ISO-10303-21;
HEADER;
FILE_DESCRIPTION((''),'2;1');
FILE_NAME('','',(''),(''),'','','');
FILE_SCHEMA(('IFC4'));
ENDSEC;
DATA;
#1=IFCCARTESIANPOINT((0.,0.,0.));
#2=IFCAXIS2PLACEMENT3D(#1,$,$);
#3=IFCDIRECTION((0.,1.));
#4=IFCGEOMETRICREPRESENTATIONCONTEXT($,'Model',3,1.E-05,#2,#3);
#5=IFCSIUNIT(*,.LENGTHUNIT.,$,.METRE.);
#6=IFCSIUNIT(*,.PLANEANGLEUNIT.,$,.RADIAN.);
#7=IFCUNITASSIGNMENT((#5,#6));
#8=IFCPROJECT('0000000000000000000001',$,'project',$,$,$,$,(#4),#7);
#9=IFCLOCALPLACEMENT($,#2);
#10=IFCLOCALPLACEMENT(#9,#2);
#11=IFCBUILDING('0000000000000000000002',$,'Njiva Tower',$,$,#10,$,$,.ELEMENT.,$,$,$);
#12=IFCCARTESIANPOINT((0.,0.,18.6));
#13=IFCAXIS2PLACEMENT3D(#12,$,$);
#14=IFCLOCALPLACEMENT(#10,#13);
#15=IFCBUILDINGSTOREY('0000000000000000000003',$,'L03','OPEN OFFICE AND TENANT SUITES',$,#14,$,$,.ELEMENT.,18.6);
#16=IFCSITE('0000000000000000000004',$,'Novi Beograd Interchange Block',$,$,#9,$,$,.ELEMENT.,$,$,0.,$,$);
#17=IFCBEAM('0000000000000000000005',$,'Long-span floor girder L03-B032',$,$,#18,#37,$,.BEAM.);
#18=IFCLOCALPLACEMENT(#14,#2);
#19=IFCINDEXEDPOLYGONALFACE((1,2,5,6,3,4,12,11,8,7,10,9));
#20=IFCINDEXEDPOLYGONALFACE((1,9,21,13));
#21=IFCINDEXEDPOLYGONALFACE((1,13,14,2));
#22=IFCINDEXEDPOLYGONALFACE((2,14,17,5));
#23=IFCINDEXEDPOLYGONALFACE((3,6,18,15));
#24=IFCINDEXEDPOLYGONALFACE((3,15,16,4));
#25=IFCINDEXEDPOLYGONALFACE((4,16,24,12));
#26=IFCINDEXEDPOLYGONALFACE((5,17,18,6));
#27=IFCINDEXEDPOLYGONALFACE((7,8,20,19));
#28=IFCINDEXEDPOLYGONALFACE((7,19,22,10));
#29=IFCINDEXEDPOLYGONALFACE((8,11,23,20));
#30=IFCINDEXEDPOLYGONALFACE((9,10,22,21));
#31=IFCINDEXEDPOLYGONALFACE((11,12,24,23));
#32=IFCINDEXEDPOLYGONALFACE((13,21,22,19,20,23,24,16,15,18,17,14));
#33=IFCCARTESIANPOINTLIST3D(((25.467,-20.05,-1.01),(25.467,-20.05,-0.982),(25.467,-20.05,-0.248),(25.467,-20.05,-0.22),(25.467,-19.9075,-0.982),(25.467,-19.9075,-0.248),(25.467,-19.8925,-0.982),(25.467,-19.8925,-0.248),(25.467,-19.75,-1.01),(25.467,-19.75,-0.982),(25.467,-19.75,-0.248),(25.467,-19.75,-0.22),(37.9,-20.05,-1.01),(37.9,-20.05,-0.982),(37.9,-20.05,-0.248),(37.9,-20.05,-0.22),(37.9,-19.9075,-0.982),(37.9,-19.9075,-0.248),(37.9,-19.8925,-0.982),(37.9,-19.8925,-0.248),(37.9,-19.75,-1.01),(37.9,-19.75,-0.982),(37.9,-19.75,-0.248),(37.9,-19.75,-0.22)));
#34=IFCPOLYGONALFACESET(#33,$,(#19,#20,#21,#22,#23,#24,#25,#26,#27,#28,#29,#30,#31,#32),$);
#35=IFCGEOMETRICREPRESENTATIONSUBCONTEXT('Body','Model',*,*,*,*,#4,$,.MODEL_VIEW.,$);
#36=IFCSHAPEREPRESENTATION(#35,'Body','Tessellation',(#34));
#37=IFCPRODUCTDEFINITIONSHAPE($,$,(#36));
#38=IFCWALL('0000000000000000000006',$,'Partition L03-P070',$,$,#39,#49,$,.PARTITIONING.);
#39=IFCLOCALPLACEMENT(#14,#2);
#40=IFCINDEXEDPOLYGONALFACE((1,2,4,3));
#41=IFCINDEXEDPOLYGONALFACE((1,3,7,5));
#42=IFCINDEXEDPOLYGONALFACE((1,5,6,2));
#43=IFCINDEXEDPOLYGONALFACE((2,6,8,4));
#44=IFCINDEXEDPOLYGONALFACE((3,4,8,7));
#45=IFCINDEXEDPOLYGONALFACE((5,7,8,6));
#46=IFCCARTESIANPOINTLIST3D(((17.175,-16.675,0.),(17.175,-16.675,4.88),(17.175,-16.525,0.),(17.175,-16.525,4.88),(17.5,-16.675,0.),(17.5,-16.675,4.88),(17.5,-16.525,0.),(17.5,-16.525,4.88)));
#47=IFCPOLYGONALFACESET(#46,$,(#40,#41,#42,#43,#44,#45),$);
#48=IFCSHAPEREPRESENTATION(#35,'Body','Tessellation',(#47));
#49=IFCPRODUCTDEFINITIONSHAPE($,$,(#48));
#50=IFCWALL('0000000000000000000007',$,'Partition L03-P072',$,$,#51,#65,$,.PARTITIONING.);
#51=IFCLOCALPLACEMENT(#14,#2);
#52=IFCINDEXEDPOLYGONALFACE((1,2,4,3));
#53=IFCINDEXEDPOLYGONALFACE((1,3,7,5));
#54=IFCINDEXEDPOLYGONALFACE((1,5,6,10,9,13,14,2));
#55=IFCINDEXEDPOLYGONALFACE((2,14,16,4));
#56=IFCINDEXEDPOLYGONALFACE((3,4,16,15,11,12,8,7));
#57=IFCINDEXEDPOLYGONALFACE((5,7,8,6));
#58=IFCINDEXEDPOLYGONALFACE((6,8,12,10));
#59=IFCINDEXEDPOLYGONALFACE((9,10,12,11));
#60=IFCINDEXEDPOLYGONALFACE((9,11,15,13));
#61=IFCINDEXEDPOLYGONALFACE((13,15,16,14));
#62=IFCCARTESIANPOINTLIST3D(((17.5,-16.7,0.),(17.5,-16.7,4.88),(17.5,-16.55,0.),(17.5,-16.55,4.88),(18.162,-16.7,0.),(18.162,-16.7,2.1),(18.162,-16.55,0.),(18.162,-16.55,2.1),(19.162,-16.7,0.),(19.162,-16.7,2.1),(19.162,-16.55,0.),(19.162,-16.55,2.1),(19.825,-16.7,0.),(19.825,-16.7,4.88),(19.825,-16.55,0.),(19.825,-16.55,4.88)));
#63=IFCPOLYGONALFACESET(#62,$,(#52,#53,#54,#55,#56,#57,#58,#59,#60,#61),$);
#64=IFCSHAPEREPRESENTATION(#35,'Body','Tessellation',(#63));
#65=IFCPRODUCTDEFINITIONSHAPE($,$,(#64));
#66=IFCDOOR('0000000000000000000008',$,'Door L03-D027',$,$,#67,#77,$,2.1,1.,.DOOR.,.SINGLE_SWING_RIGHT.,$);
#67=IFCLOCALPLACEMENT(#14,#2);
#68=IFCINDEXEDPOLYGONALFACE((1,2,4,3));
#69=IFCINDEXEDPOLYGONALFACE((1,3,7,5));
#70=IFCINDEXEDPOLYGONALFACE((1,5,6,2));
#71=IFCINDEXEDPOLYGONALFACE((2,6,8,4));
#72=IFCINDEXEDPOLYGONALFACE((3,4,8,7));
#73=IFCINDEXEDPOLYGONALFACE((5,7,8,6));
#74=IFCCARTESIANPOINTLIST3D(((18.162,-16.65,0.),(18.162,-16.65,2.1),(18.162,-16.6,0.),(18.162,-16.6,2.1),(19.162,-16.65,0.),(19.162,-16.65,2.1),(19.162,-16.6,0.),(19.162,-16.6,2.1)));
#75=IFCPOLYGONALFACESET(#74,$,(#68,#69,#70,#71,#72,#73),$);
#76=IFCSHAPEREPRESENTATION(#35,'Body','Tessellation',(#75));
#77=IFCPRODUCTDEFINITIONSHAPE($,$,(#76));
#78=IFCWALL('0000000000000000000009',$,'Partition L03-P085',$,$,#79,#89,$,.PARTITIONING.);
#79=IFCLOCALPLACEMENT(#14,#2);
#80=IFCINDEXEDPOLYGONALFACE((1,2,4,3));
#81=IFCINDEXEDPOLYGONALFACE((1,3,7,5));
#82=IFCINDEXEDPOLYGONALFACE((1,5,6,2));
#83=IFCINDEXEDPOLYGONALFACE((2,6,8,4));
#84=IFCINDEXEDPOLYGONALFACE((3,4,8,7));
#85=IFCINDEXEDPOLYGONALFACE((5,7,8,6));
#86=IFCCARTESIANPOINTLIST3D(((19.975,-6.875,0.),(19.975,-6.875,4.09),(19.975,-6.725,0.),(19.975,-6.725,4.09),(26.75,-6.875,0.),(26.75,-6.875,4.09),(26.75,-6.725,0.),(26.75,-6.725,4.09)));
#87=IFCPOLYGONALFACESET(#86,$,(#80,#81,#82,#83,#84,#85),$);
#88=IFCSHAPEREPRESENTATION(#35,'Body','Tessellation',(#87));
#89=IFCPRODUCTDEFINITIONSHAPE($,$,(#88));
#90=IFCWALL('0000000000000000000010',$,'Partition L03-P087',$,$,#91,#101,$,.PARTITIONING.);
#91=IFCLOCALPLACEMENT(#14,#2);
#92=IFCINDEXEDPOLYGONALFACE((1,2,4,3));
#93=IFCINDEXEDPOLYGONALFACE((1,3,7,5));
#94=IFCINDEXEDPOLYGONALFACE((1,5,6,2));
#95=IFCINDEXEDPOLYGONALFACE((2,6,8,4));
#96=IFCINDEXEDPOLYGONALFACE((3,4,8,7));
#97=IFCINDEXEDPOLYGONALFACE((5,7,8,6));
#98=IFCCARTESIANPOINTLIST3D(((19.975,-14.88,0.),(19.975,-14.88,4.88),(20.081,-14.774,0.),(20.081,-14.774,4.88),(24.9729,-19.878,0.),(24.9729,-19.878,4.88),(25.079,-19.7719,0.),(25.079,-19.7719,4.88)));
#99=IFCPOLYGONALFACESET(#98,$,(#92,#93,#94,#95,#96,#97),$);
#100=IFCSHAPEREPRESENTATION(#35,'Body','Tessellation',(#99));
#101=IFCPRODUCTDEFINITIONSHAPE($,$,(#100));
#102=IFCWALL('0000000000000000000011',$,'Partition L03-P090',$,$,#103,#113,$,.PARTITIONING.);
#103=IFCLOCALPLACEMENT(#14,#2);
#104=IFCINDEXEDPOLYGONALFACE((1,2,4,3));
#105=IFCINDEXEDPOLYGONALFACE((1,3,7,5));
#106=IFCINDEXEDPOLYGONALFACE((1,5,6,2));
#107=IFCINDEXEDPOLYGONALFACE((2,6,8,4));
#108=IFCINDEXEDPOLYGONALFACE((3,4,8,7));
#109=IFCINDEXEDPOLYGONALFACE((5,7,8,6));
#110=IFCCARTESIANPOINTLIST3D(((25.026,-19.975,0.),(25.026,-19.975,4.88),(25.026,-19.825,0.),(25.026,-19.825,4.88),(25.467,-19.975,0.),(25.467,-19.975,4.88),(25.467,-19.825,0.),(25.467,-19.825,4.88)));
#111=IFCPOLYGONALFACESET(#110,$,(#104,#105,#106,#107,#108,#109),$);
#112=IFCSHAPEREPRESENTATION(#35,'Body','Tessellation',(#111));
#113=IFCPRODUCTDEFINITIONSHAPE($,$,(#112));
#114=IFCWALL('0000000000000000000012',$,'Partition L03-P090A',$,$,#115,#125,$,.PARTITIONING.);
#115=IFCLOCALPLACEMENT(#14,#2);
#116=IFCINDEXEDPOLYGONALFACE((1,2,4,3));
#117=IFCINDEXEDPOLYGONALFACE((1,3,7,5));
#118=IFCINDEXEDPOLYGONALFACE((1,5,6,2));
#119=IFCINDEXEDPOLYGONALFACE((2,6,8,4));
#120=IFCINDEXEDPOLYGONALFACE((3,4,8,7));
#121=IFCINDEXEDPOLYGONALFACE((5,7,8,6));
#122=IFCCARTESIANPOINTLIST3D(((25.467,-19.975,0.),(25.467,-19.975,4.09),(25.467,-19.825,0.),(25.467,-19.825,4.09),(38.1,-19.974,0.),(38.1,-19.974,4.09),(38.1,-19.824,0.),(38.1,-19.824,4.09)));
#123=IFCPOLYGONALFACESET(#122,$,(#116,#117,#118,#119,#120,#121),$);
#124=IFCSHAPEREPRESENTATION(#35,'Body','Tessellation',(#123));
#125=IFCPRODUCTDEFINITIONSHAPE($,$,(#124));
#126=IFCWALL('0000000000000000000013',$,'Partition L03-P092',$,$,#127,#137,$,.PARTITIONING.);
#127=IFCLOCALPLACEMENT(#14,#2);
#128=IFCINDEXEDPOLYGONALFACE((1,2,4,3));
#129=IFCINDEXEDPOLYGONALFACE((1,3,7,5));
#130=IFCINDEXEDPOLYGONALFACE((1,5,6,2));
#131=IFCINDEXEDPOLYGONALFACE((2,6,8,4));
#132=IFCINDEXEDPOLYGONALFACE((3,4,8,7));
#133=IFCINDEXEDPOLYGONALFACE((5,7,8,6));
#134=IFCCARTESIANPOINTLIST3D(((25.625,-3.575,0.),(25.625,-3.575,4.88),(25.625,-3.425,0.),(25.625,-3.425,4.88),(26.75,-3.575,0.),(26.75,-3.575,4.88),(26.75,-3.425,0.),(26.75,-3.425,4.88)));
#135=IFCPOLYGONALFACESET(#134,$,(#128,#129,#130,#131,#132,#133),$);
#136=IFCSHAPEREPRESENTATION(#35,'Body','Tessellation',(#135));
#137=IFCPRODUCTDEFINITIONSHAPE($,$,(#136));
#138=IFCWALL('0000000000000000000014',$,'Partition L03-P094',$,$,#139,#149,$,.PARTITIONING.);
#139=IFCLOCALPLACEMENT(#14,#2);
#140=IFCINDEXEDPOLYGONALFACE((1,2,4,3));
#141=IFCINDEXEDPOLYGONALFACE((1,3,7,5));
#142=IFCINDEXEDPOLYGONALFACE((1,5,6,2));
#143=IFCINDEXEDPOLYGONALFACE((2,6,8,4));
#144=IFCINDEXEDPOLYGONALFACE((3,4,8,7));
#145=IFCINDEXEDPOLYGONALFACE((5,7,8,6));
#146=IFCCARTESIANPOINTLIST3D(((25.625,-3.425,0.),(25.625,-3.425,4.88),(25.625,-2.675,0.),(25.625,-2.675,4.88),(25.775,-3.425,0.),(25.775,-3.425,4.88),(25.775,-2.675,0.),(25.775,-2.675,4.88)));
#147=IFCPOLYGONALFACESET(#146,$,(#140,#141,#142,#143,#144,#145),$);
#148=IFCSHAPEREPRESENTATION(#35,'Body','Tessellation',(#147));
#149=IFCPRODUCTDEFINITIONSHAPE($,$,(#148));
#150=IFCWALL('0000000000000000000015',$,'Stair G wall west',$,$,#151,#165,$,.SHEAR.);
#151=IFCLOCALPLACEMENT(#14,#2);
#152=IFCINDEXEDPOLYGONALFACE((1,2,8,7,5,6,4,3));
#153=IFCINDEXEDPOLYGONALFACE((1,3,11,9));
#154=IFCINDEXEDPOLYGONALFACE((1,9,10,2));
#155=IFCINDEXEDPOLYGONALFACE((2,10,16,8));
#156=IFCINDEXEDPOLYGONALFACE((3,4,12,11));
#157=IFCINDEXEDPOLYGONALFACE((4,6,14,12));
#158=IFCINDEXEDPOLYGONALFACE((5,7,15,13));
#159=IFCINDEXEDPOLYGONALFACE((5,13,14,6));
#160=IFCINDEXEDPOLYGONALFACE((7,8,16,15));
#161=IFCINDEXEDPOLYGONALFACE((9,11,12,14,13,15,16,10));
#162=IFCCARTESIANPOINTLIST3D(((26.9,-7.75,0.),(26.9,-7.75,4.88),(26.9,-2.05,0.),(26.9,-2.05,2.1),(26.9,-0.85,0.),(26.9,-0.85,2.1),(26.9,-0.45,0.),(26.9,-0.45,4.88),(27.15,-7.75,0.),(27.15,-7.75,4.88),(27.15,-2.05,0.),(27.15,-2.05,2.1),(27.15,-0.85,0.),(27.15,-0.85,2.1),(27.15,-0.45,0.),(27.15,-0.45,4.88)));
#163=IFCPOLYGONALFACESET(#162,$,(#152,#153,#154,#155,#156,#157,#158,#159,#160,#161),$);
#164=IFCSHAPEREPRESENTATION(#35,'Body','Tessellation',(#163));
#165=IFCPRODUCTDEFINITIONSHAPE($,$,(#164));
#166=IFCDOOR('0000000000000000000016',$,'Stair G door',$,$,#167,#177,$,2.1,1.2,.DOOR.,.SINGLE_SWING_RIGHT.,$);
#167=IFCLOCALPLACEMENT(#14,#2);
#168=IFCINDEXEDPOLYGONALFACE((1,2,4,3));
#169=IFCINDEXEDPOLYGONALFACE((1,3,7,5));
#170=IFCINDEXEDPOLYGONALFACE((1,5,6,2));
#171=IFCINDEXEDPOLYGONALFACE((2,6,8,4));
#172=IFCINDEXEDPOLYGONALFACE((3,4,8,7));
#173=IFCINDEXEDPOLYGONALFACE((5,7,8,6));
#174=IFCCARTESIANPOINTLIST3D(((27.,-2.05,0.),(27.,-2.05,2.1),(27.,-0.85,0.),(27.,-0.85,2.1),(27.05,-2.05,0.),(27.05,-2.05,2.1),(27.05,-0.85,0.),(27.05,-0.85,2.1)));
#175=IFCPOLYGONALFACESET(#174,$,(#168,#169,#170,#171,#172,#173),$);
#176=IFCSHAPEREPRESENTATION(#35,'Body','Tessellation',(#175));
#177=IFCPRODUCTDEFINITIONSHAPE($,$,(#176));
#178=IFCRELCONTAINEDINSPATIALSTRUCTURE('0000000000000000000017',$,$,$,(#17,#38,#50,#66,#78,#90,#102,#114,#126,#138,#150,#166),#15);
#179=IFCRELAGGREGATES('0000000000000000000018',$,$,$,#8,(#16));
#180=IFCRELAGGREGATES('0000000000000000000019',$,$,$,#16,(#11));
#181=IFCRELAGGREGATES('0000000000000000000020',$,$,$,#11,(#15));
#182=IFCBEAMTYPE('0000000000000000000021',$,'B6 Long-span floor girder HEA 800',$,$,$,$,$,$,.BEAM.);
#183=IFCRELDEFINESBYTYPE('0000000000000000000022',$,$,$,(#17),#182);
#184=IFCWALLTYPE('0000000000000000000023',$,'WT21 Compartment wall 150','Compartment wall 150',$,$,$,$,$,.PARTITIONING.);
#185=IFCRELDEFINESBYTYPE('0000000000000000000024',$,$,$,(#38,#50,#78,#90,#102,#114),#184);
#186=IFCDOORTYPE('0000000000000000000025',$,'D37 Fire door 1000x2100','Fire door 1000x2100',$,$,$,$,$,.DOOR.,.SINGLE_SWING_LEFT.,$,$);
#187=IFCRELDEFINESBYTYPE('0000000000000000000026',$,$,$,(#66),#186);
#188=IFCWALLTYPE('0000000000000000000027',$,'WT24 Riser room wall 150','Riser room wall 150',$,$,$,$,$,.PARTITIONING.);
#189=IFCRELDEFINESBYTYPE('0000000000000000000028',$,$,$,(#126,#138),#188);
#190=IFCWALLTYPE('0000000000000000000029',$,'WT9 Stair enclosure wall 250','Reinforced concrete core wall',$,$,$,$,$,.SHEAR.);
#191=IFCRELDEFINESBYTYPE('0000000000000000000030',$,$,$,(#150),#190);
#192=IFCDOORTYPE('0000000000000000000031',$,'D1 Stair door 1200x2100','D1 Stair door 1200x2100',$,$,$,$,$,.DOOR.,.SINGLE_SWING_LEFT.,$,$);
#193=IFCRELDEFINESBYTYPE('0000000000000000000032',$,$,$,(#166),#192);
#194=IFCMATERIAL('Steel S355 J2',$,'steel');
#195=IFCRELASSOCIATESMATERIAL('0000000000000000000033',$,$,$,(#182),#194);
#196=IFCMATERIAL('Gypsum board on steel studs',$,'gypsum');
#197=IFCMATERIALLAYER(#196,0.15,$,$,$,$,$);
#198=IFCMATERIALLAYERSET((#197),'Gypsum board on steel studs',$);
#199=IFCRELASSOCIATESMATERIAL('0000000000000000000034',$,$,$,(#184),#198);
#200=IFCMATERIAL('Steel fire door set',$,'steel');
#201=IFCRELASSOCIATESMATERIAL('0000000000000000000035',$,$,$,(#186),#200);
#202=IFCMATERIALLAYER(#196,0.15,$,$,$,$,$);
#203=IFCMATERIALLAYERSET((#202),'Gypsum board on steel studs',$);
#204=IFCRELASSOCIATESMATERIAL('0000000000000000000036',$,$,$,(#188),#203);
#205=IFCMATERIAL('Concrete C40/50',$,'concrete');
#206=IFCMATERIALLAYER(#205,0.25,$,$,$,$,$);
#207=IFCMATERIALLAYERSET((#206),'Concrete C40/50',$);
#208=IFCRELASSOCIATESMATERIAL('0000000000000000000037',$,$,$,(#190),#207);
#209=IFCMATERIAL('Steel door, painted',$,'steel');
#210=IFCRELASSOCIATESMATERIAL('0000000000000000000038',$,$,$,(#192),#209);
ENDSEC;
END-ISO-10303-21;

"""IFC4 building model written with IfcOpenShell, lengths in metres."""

from ifc_helpers import new_model, si_unit, direction, frame, frame_2d, origin, origin_2d, place, context, subcontext, project, spatial, rectangle, i_section, extrude, material, layer, layer_set, material_profile, profile_set, type_object, element, fill, save


model = new_model("IFC4")

# Units and contexts
model_context = context("Model", 3, precision=1e-05, world=origin(), true_north=direction((0.0, 1.0)))
body_context = subcontext(model_context, "Body", "Model", "MODEL_VIEW")
ifc_project = project(units=[si_unit("LENGTHUNIT", "METRE"), si_unit("PLANEANGLEUNIT", "RADIAN")], contexts=[model_context])

# Site, building, storey
site_placement = place(None, origin())
site = spatial("IfcSite", under=ifc_project, at=site_placement, Name="Novi Beograd Interchange Block", CompositionType="ELEMENT", RefElevation=0.0)
building_placement = place(site_placement, origin())
building = spatial("IfcBuilding", under=site, at=building_placement, Name="Njiva Tower", CompositionType="ELEMENT")
storey_placement = place(building_placement, frame((0.0, 0.0, 18.6)))
storey = spatial("IfcBuildingStorey", under=building, at=storey_placement, Name="L03", Description="OPEN OFFICE AND TENANT SUITES", CompositionType="ELEMENT", Elevation=18.6)

# Shared definitions
ifc_material_1 = material(Name="Steel S355 J2", Category="steel")

# Beam
ifc_material_profile_1 = material_profile(ifc_material_1, i_section(OverallWidth=0.3, OverallDepth=0.79, WebThickness=0.015, FlangeThickness=0.028, at=origin_2d()), Name="HEA 800")
ifc_profile_set_1 = profile_set([ifc_material_profile_1], Name="Steel S355 J2")
beam_type_1 = type_object("IfcBeamType", Name="B6 Long-span floor girder HEA 800", PredefinedType="BEAM", material=ifc_profile_set_1)
beam_1_placement = place(storey_placement, frame((25.467, -19.9, -0.615), z_axis=(1.0, 0.0, 0.0), x_axis=(0.0, 1.0, 0.0)))
element("IfcBeam", 1, at=beam_1_placement, inside=storey, type_object=beam_type_1, Name="Long-span floor girder L03-B032", PredefinedType="BEAM", context=body_context, shape_type="SweptSolid", body=[
    extrude(i_section(OverallWidth=0.3, OverallDepth=0.79, WebThickness=0.015, FlangeThickness=0.028, at=origin_2d()), origin(), (0.0, 0.0, 1.0), 12.433),
])

# Wall
ifc_material_2 = material(Name="Gypsum board on steel studs", Category="gypsum")
ifc_layer_1 = layer(ifc_material_2, 0.15)
ifc_layer_set_1 = layer_set([ifc_layer_1], Name="Gypsum board on steel studs")
wall_type_1 = type_object("IfcWallType", Name="WT21 Compartment wall 150", Description="Compartment wall 150", PredefinedType="PARTITIONING", material=ifc_layer_set_1)
wall_1_placement = place(storey_placement, frame((17.175, -16.6, 0.0), z_axis=(0.0, 0.0, 1.0), x_axis=(1.0, 0.0, 0.0)))
element("IfcWall", 2, at=wall_1_placement, inside=storey, type_object=wall_type_1, Name="Partition L03-P070", PredefinedType="PARTITIONING", context=body_context, shape_type="SweptSolid", body=[
    extrude(rectangle(XDim=0.325, YDim=0.15, at=frame_2d((0.1625, 0.0))), origin(), (0.0, 0.0, 1.0), 4.88),
])

# Wall, opening, door
wall_2_placement = place(storey_placement, frame((17.5, -16.625, 0.0), z_axis=(0.0, 0.0, 1.0), x_axis=(1.0, 0.0, 0.0)))
wall_2 = element("IfcWall", 3, at=wall_2_placement, inside=storey, type_object=wall_type_1, Name="Partition L03-P072", PredefinedType="PARTITIONING", context=body_context, shape_type="SweptSolid", body=[
    extrude(rectangle(XDim=2.325, YDim=0.15, at=frame_2d((1.1625, 0.0))), origin(), (0.0, 0.0, 1.0), 4.88),
])
opening_1_placement = place(wall_2_placement, frame((0.662, 0.0, 0.0)))
opening_1 = element("IfcOpeningElement", 4, at=opening_1_placement, cuts=wall_2, PredefinedType="OPENING", context=body_context, shape_type="SweptSolid", body=[
    extrude(rectangle(XDim=1.0, YDim=2.1, at=frame_2d((0.5, 1.05))), frame((0.0, 0.085, 0.0), z_axis=(0.0, -1.0, 0.0), x_axis=(1.0, 0.0, 0.0)), (0.0, 0.0, 1.0), 0.17),
])
ifc_material_3 = material(Name="Steel fire door set", Category="steel")
door_type_1 = type_object("IfcDoorType", Name="D37 Fire door 1000x2100", Description="Fire door 1000x2100", OperationType="SINGLE_SWING_LEFT", PredefinedType="DOOR", material=ifc_material_3)
door_1_placement = place(opening_1_placement, origin())
door_1 = element("IfcDoor", 5, at=door_1_placement, inside=storey, type_object=door_type_1, Name="Door L03-D027", OperationType="SINGLE_SWING_RIGHT", OverallHeight=2.1, OverallWidth=1.0, PredefinedType="DOOR", context=body_context, shape_type="SweptSolid", body=[
    extrude(rectangle(XDim=1.0, YDim=2.1, at=frame_2d((0.5, 1.05))), frame((0.0, 0.025, 0.0), z_axis=(0.0, -1.0, 0.0), x_axis=(1.0, 0.0, 0.0)), (0.0, 0.0, 1.0), 0.05),
])
fill(opening_1, door_1)

# Walls
wall_3_placement = place(storey_placement, frame((19.975, -6.8, 0.0), z_axis=(0.0, 0.0, 1.0), x_axis=(1.0, 0.0, 0.0)))
element("IfcWall", 6, at=wall_3_placement, inside=storey, type_object=wall_type_1, Name="Partition L03-P085", PredefinedType="PARTITIONING", context=body_context, shape_type="SweptSolid", body=[
    extrude(rectangle(XDim=6.775, YDim=0.15, at=frame_2d((3.3875, 0.0))), origin(), (0.0, 0.0, 1.0), 4.09),
])
wall_4_placement = place(storey_placement, frame((20.028, -14.827, 0.0), z_axis=(0.0, 0.0, 1.0), x_axis=(0.707107, -0.707107, 0.0)))
element("IfcWall", 7, at=wall_4_placement, inside=storey, type_object=wall_type_1, Name="Partition L03-P087", PredefinedType="PARTITIONING", context=body_context, shape_type="SweptSolid", body=[
    extrude(rectangle(XDim=7.0682, YDim=0.15, at=frame_2d((3.5341, 0.0))), origin(), (0.0, 0.0, 1.0), 4.88),
])
wall_5_placement = place(storey_placement, frame((25.026, -19.9, 0.0), z_axis=(0.0, 0.0, 1.0), x_axis=(1.0, 0.0, 0.0)))
element("IfcWall", 8, at=wall_5_placement, inside=storey, type_object=wall_type_1, Name="Partition L03-P090", PredefinedType="PARTITIONING", context=body_context, shape_type="SweptSolid", body=[
    extrude(rectangle(XDim=0.441, YDim=0.15, at=frame_2d((0.2205, 0.0))), origin(), (0.0, 0.0, 1.0), 4.88),
])
wall_6_placement = place(storey_placement, frame((25.467, -19.9, 0.0), z_axis=(0.0, 0.0, 1.0), x_axis=(1.0, 0.000079, 0.0)))
element("IfcWall", 9, at=wall_6_placement, inside=storey, type_object=wall_type_1, Name="Partition L03-P090A", PredefinedType="PARTITIONING", context=body_context, shape_type="SweptSolid", body=[
    extrude(rectangle(XDim=12.633, YDim=0.15, at=frame_2d((6.3165, 0.0))), origin(), (0.0, 0.0, 1.0), 4.09),
])
ifc_layer_2 = layer(ifc_material_2, 0.15)
ifc_layer_set_2 = layer_set([ifc_layer_2], Name="Gypsum board on steel studs")
wall_type_2 = type_object("IfcWallType", Name="WT24 Riser room wall 150", Description="Riser room wall 150", PredefinedType="PARTITIONING", material=ifc_layer_set_2)
wall_7_placement = place(storey_placement, frame((25.625, -3.5, 0.0), z_axis=(0.0, 0.0, 1.0), x_axis=(1.0, 0.0, 0.0)))
element("IfcWall", 10, at=wall_7_placement, inside=storey, type_object=wall_type_2, Name="Partition L03-P092", PredefinedType="PARTITIONING", context=body_context, shape_type="SweptSolid", body=[
    extrude(rectangle(XDim=1.125, YDim=0.15, at=frame_2d((0.5625, 0.0))), origin(), (0.0, 0.0, 1.0), 4.88),
])
wall_8_placement = place(storey_placement, frame((25.7, -3.425, 0.0), z_axis=(0.0, 0.0, 1.0), x_axis=(0.0, 1.0, 0.0)))
element("IfcWall", 11, at=wall_8_placement, inside=storey, type_object=wall_type_2, Name="Partition L03-P094", PredefinedType="PARTITIONING", context=body_context, shape_type="SweptSolid", body=[
    extrude(rectangle(XDim=0.75, YDim=0.15, at=frame_2d((0.375, 0.0))), origin(), (0.0, 0.0, 1.0), 4.88),
])

# Wall, opening, door
ifc_material_4 = material(Name="Concrete C40/50", Category="concrete")
ifc_layer_3 = layer(ifc_material_4, 0.25)
ifc_layer_set_3 = layer_set([ifc_layer_3], Name="Concrete C40/50")
wall_type_3 = type_object("IfcWallType", Name="WT9 Stair enclosure wall 250", Description="Reinforced concrete core wall", PredefinedType="SHEAR", material=ifc_layer_set_3)
wall_9_placement = place(storey_placement, frame((27.025, -7.75, 0.0), z_axis=(0.0, 0.0, 1.0), x_axis=(0.0, 1.0, 0.0)))
wall_9 = element("IfcWall", 12, at=wall_9_placement, inside=storey, type_object=wall_type_3, Name="Stair G wall west", PredefinedType="SHEAR", context=body_context, shape_type="SweptSolid", body=[
    extrude(rectangle(XDim=7.3, YDim=0.25, at=frame_2d((3.65, 0.0))), origin(), (0.0, 0.0, 1.0), 4.88),
])
opening_2_placement = place(wall_9_placement, frame((5.7, 0.0, 0.0)))
opening_2 = element("IfcOpeningElement", 13, at=opening_2_placement, cuts=wall_9, PredefinedType="OPENING", context=body_context, shape_type="SweptSolid", body=[
    extrude(rectangle(XDim=1.2, YDim=2.1, at=frame_2d((0.6, 1.05))), frame((0.0, 0.135, 0.0), z_axis=(0.0, -1.0, 0.0), x_axis=(1.0, 0.0, 0.0)), (0.0, 0.0, 1.0), 0.27),
])
ifc_material_5 = material(Name="Steel door, painted", Category="steel")
door_type_2 = type_object("IfcDoorType", Name="D1 Stair door 1200x2100", Description="D1 Stair door 1200x2100", OperationType="SINGLE_SWING_LEFT", PredefinedType="DOOR", material=ifc_material_5)
door_2_placement = place(opening_2_placement, origin())
door_2 = element("IfcDoor", 14, at=door_2_placement, inside=storey, type_object=door_type_2, Name="Stair G door", OperationType="SINGLE_SWING_RIGHT", OverallHeight=2.1, OverallWidth=1.2, PredefinedType="DOOR", context=body_context, shape_type="SweptSolid", body=[
    extrude(rectangle(XDim=1.2, YDim=2.1, at=frame_2d((0.6, 1.05))), frame((0.0, 0.025, 0.0), z_axis=(0.0, -1.0, 0.0), x_axis=(1.0, 0.0, 0.0)), (0.0, 0.0, 1.0), 0.05),
])
fill(opening_2, door_2)

save(model, "model.ifc")
